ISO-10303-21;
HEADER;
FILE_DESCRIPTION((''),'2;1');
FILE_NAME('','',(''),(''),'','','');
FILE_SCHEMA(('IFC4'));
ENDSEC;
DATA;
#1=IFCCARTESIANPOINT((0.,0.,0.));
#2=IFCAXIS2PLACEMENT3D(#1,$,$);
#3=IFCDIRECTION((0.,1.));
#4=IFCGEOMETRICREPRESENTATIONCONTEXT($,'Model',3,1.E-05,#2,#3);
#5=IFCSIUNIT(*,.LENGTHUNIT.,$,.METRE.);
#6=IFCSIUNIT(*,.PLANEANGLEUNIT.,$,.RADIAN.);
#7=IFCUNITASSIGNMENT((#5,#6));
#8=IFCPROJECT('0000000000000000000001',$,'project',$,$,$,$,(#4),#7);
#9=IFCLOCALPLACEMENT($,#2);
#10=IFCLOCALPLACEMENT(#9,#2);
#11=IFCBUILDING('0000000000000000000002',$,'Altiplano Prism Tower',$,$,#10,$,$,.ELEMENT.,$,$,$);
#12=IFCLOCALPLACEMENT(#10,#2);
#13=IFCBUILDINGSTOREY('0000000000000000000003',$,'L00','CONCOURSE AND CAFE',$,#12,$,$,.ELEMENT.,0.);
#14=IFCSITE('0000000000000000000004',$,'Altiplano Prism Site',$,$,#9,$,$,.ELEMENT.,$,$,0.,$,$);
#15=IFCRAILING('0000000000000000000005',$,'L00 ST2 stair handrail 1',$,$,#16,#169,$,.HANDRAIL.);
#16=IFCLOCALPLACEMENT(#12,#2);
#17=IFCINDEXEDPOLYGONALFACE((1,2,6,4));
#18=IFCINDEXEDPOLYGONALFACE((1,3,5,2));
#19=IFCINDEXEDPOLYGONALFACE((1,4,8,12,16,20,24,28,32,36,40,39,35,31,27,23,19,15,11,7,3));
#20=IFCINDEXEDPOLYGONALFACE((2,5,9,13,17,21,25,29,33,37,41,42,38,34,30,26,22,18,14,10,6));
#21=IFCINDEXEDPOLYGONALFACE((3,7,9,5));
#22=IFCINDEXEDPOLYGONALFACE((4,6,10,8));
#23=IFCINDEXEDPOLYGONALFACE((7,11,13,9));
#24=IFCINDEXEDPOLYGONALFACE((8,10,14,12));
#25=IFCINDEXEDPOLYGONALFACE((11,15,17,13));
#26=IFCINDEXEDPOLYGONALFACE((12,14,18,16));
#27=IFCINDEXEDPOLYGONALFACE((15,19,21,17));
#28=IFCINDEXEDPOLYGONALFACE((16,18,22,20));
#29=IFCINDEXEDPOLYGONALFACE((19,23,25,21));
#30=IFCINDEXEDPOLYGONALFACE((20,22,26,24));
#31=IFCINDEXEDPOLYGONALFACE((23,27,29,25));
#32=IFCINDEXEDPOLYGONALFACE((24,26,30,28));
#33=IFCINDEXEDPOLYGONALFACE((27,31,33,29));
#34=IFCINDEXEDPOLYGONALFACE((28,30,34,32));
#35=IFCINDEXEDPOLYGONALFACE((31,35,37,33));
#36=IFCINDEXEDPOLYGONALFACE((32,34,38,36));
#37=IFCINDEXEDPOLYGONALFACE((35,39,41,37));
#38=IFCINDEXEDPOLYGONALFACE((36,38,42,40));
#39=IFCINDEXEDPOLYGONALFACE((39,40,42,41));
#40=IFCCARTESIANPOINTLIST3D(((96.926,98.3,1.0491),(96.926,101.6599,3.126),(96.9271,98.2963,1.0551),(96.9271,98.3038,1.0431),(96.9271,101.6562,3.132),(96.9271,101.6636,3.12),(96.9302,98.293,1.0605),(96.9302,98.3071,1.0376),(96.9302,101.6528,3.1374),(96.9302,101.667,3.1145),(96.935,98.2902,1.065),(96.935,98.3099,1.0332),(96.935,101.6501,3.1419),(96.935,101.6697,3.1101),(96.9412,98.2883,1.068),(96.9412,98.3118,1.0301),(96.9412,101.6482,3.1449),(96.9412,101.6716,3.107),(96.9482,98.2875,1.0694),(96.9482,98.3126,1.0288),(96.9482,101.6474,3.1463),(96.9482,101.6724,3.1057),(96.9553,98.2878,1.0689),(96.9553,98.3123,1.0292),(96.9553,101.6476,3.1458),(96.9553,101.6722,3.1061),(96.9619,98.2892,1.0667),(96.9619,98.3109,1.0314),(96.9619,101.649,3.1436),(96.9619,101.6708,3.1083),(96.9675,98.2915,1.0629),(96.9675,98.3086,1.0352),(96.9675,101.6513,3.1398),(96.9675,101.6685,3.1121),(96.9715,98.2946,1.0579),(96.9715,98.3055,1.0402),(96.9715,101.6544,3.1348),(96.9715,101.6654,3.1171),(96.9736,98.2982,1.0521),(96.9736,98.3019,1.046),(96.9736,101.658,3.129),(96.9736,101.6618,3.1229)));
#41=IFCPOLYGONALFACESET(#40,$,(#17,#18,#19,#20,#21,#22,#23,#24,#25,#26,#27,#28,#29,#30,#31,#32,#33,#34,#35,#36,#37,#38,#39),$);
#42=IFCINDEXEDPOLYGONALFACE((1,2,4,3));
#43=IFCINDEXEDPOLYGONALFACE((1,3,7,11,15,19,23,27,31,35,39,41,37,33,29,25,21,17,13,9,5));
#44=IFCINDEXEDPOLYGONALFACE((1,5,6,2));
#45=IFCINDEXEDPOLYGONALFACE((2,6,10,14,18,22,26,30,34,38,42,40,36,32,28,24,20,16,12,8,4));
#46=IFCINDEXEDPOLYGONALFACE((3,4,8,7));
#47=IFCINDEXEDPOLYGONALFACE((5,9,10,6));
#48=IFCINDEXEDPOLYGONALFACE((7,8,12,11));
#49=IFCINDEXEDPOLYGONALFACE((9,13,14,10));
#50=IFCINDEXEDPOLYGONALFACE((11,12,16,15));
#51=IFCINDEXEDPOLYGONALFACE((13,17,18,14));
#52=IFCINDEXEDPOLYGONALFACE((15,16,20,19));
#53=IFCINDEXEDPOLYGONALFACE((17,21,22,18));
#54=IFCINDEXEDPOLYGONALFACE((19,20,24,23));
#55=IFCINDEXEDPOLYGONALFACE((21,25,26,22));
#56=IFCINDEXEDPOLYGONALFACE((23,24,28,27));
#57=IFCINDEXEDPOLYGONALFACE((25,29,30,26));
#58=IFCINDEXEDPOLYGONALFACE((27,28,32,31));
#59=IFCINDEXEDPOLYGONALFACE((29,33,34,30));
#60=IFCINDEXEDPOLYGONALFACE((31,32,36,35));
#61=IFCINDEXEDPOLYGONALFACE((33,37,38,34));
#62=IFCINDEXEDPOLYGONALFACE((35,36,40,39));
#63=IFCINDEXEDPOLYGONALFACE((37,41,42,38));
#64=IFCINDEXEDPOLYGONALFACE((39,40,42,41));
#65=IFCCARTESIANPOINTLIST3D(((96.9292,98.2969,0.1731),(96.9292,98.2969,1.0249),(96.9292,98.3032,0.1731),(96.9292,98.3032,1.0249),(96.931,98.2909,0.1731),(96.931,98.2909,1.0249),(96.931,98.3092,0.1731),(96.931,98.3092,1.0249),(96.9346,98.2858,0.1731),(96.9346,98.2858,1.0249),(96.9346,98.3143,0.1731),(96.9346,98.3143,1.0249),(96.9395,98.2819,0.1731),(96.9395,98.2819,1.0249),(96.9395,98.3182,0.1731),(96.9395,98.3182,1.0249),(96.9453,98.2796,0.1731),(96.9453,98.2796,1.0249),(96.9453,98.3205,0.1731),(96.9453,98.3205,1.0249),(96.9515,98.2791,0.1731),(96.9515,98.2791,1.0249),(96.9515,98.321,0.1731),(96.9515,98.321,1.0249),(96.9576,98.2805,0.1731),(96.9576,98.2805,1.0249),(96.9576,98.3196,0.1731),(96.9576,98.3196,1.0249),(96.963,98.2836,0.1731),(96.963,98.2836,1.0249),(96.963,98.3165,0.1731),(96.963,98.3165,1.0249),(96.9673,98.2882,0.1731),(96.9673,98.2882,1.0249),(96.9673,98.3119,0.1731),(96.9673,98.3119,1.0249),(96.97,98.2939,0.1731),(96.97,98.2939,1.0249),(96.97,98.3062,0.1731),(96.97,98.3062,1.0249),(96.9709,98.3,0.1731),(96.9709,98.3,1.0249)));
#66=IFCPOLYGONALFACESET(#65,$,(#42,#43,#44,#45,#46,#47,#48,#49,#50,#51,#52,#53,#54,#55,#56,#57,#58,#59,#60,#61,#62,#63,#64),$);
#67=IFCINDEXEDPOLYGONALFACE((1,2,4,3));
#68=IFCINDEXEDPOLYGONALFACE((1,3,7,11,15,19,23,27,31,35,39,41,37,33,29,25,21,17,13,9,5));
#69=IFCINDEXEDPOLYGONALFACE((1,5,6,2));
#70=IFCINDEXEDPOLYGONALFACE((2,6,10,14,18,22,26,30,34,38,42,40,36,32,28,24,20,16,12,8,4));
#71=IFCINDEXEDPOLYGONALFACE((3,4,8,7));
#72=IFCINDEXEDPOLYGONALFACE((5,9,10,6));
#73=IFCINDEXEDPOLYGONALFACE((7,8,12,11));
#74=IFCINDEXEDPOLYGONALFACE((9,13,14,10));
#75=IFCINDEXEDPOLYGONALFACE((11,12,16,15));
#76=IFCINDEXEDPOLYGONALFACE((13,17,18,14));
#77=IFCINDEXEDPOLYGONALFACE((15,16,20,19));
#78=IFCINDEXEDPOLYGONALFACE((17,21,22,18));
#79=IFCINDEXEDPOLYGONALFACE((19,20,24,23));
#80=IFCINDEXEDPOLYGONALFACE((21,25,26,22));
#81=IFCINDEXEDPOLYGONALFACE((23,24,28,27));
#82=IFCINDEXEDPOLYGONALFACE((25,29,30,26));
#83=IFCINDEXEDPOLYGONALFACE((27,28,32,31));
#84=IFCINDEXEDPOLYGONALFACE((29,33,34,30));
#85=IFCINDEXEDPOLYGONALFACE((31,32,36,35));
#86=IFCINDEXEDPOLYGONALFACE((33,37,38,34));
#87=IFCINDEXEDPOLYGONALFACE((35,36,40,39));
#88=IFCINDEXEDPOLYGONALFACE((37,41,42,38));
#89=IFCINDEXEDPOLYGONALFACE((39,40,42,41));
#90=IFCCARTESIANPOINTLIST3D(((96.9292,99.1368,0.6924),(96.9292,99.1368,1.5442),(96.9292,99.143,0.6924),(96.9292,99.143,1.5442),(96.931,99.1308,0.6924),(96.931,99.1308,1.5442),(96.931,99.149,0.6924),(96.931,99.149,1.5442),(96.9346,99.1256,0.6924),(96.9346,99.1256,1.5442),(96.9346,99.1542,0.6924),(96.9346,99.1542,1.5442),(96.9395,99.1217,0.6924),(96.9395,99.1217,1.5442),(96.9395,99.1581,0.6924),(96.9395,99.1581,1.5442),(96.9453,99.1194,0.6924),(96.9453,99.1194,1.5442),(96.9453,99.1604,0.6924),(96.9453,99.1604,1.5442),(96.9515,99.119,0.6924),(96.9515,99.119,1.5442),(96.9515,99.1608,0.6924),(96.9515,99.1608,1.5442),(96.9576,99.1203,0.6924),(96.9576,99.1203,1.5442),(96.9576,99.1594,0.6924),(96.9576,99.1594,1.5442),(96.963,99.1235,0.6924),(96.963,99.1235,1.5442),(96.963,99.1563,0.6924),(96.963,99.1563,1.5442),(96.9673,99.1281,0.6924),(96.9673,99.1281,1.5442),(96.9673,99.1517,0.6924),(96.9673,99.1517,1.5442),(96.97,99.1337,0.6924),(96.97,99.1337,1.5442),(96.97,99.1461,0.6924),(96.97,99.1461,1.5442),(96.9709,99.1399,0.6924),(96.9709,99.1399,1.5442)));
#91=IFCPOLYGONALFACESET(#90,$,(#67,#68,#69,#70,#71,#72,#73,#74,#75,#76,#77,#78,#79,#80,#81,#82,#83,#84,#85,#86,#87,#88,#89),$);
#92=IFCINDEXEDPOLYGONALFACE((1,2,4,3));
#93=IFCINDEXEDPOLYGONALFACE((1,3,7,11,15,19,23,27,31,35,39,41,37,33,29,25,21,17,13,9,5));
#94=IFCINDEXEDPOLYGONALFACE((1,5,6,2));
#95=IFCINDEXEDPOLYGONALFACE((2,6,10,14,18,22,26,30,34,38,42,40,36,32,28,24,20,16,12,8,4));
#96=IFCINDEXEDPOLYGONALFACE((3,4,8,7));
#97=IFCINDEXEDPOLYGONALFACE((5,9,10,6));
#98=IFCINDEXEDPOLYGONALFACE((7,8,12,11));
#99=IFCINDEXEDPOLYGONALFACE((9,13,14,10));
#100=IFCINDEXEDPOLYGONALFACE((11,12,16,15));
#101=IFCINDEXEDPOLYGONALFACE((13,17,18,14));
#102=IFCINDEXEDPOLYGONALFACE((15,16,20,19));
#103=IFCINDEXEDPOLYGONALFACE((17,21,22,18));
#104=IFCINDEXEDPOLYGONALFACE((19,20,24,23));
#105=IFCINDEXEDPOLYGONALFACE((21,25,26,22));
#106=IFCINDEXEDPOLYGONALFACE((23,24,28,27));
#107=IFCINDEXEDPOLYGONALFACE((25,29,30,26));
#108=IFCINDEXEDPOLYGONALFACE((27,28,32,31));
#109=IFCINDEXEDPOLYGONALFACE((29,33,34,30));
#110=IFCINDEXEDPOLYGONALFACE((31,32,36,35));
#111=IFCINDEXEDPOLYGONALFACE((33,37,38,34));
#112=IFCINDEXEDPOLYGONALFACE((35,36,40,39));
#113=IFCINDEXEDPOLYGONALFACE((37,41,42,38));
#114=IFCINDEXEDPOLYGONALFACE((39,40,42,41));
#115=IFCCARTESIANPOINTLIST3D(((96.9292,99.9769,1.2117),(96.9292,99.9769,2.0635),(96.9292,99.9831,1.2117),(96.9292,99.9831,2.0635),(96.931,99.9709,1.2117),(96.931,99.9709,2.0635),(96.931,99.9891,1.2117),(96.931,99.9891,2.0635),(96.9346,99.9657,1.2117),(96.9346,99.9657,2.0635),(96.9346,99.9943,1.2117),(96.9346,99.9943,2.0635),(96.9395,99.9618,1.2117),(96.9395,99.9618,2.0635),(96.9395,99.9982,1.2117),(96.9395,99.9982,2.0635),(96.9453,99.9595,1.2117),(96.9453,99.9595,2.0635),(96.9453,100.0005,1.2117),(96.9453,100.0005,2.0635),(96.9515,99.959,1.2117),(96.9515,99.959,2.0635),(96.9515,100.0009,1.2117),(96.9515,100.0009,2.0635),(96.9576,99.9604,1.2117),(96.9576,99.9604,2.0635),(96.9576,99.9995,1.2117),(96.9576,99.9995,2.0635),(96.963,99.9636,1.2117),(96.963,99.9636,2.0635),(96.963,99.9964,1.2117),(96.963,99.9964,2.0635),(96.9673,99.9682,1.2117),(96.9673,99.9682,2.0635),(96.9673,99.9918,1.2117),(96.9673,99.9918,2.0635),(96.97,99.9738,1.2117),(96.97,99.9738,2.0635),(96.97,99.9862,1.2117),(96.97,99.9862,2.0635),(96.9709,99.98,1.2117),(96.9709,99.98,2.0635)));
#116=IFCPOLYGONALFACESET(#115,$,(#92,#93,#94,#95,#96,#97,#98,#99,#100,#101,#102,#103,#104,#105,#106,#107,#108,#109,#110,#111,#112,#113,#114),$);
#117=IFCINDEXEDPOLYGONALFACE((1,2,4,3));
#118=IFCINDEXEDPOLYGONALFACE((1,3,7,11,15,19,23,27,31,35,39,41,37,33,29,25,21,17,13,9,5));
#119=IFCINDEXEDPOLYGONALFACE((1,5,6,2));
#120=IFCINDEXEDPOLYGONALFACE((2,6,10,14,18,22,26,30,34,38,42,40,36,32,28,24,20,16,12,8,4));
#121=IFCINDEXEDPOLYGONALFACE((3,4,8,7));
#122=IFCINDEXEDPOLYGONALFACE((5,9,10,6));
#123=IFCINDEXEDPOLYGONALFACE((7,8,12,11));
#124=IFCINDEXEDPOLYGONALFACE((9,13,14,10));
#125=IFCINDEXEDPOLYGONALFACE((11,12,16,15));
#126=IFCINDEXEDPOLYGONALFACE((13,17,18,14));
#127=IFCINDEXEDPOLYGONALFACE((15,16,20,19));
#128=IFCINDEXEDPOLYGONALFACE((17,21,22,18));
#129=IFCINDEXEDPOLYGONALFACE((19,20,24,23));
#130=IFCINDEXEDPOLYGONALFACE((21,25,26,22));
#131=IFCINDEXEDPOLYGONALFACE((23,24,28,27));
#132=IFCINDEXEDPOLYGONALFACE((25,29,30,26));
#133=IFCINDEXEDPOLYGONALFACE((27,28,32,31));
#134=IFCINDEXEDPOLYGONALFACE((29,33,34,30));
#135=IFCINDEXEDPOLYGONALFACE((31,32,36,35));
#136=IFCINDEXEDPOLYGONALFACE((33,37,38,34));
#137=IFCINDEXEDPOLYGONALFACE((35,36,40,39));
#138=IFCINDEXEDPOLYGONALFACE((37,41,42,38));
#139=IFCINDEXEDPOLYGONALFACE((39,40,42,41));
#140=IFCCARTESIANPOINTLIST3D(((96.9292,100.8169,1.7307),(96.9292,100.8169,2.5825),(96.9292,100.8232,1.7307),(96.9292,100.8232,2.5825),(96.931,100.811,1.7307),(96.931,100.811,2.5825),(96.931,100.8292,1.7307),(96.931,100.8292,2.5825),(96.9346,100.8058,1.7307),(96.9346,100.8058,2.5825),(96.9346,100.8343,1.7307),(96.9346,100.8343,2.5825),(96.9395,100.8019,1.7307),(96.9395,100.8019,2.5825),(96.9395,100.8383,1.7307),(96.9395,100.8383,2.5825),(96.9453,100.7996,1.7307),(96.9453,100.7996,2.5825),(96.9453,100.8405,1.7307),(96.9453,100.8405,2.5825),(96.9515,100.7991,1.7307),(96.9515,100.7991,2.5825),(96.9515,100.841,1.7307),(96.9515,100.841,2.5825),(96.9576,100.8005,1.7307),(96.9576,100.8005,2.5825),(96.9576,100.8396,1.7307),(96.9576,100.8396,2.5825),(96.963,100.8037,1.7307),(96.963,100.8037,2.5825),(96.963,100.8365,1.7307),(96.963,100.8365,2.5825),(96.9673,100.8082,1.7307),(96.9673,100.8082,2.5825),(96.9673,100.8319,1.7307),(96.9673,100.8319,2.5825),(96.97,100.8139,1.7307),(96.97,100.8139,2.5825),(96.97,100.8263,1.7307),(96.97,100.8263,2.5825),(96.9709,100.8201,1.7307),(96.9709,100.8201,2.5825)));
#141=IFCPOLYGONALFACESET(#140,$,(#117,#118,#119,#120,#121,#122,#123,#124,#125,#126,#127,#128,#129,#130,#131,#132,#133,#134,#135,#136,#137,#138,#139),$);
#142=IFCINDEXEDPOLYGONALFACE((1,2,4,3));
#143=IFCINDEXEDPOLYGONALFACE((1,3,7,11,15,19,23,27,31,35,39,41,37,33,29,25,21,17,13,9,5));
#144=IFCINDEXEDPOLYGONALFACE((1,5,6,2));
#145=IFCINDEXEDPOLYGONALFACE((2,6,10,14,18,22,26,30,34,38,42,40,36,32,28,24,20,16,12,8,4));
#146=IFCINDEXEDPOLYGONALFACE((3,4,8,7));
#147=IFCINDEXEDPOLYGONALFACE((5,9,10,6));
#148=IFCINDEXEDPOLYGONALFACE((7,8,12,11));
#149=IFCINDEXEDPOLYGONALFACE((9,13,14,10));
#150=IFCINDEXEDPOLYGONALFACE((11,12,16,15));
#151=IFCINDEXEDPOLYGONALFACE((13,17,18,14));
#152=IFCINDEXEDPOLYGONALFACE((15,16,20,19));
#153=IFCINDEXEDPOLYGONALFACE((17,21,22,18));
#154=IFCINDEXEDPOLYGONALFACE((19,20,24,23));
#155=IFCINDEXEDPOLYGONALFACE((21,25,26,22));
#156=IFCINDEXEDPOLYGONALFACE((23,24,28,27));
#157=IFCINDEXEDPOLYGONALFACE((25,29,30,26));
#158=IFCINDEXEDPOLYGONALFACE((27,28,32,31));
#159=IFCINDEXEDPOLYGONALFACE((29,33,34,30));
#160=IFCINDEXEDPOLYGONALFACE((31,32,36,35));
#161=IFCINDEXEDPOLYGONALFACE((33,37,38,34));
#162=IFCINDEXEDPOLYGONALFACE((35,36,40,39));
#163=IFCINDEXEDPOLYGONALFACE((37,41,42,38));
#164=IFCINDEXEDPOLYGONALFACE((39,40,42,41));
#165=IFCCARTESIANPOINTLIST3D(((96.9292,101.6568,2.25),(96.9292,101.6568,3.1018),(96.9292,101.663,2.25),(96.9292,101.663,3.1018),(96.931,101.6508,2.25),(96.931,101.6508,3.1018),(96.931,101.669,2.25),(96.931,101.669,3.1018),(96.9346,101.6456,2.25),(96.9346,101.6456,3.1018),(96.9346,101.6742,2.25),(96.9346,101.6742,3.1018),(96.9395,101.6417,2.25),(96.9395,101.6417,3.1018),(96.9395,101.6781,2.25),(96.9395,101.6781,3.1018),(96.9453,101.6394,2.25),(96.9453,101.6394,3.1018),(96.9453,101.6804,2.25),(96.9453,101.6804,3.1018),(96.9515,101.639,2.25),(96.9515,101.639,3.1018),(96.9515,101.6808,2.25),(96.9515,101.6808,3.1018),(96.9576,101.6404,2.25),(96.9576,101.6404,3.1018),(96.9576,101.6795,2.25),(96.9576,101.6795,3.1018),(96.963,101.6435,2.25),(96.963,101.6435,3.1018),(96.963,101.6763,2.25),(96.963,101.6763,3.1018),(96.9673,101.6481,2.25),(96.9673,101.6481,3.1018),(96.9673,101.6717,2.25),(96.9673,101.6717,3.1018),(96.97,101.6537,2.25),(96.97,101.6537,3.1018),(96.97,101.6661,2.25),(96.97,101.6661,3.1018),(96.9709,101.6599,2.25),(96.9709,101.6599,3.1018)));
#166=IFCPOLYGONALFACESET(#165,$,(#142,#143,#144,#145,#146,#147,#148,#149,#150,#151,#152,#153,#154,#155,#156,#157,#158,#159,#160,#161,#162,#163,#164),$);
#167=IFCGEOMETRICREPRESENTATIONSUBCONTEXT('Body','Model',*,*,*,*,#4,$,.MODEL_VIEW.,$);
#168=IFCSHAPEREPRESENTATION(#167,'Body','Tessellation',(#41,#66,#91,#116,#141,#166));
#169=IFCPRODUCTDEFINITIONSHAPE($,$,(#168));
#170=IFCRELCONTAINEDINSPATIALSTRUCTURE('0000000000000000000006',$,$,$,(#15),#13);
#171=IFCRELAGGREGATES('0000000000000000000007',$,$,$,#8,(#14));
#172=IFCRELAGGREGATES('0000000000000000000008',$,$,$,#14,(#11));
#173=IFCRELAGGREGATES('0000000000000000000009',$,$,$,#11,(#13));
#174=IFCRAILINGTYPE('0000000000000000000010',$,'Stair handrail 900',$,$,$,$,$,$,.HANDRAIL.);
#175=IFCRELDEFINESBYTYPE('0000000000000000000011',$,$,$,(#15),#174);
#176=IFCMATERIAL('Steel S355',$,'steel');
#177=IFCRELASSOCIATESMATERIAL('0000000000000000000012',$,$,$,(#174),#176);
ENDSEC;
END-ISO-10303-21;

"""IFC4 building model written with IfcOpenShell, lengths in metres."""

from ifc_helpers import new_model, si_unit, direction, frame, origin, origin_2d, place, context, subcontext, project, spatial, circle, extrude, material, type_object, element, save


model = new_model("IFC4")

# Units and contexts
model_context = context("Model", 3, precision=1e-05, world=origin(), true_north=direction((0.0, 1.0)))
body_context = subcontext(model_context, "Body", "Model", "MODEL_VIEW")
ifc_project = project(units=[si_unit("LENGTHUNIT", "METRE"), si_unit("PLANEANGLEUNIT", "RADIAN")], contexts=[model_context])

# Site, building, storey
site_placement = place(None, origin())
site = spatial("IfcSite", under=ifc_project, at=site_placement, Name="Altiplano Prism Site", CompositionType="ELEMENT", RefElevation=0.0)
building_placement = place(site_placement, origin())
building = spatial("IfcBuilding", under=site, at=building_placement, Name="Altiplano Prism Tower", CompositionType="ELEMENT")
storey_placement = place(building_placement, origin())
storey = spatial("IfcBuildingStorey", under=building, at=storey_placement, Name="L00", Description="CONCOURSE AND CAFE", CompositionType="ELEMENT", Elevation=0.0)

# Railing
ifc_material_1 = material(Name="Steel S355", Category="steel")
railing_type_1 = type_object("IfcRailingType", Name="Stair handrail 900", PredefinedType="HANDRAIL", material=ifc_material_1)
railing_1_placement = place(storey_placement, frame((96.95, 98.3, 0.1731)))
element("IfcRailing", 1, at=railing_1_placement, inside=storey, type_object=railing_type_1, Name="L00 ST2 stair handrail 1", PredefinedType="HANDRAIL", context=body_context, shape_type="SweptSolid", body=[
    extrude(circle(Radius=0.0239, at=origin_2d()), frame((0.0, 0.0, 0.876), z_axis=(0.0, 0.850606, 0.525803), x_axis=(-1.0, 0.0, 0.0)), (0.0, 0.0, 1.0), 3.95),
    extrude(circle(Radius=0.021, at=origin_2d()), origin(), (0.0, 0.0, 1.0), 0.8518),
    extrude(circle(Radius=0.021, at=origin_2d()), frame((0.0, 0.8398, 0.5193)), (0.0, 0.0, 1.0), 0.8518),
    extrude(circle(Radius=0.021, at=origin_2d()), frame((0.0, 1.6799, 1.0386)), (0.0, 0.0, 1.0), 0.8518),
    extrude(circle(Radius=0.021, at=origin_2d()), frame((0.0, 2.52, 1.5576)), (0.0, 0.0, 1.0), 0.8518),
    extrude(circle(Radius=0.021, at=origin_2d()), frame((0.0, 3.3599, 2.0769)), (0.0, 0.0, 1.0), 0.8518),
])

save(model, "model.ifc")
